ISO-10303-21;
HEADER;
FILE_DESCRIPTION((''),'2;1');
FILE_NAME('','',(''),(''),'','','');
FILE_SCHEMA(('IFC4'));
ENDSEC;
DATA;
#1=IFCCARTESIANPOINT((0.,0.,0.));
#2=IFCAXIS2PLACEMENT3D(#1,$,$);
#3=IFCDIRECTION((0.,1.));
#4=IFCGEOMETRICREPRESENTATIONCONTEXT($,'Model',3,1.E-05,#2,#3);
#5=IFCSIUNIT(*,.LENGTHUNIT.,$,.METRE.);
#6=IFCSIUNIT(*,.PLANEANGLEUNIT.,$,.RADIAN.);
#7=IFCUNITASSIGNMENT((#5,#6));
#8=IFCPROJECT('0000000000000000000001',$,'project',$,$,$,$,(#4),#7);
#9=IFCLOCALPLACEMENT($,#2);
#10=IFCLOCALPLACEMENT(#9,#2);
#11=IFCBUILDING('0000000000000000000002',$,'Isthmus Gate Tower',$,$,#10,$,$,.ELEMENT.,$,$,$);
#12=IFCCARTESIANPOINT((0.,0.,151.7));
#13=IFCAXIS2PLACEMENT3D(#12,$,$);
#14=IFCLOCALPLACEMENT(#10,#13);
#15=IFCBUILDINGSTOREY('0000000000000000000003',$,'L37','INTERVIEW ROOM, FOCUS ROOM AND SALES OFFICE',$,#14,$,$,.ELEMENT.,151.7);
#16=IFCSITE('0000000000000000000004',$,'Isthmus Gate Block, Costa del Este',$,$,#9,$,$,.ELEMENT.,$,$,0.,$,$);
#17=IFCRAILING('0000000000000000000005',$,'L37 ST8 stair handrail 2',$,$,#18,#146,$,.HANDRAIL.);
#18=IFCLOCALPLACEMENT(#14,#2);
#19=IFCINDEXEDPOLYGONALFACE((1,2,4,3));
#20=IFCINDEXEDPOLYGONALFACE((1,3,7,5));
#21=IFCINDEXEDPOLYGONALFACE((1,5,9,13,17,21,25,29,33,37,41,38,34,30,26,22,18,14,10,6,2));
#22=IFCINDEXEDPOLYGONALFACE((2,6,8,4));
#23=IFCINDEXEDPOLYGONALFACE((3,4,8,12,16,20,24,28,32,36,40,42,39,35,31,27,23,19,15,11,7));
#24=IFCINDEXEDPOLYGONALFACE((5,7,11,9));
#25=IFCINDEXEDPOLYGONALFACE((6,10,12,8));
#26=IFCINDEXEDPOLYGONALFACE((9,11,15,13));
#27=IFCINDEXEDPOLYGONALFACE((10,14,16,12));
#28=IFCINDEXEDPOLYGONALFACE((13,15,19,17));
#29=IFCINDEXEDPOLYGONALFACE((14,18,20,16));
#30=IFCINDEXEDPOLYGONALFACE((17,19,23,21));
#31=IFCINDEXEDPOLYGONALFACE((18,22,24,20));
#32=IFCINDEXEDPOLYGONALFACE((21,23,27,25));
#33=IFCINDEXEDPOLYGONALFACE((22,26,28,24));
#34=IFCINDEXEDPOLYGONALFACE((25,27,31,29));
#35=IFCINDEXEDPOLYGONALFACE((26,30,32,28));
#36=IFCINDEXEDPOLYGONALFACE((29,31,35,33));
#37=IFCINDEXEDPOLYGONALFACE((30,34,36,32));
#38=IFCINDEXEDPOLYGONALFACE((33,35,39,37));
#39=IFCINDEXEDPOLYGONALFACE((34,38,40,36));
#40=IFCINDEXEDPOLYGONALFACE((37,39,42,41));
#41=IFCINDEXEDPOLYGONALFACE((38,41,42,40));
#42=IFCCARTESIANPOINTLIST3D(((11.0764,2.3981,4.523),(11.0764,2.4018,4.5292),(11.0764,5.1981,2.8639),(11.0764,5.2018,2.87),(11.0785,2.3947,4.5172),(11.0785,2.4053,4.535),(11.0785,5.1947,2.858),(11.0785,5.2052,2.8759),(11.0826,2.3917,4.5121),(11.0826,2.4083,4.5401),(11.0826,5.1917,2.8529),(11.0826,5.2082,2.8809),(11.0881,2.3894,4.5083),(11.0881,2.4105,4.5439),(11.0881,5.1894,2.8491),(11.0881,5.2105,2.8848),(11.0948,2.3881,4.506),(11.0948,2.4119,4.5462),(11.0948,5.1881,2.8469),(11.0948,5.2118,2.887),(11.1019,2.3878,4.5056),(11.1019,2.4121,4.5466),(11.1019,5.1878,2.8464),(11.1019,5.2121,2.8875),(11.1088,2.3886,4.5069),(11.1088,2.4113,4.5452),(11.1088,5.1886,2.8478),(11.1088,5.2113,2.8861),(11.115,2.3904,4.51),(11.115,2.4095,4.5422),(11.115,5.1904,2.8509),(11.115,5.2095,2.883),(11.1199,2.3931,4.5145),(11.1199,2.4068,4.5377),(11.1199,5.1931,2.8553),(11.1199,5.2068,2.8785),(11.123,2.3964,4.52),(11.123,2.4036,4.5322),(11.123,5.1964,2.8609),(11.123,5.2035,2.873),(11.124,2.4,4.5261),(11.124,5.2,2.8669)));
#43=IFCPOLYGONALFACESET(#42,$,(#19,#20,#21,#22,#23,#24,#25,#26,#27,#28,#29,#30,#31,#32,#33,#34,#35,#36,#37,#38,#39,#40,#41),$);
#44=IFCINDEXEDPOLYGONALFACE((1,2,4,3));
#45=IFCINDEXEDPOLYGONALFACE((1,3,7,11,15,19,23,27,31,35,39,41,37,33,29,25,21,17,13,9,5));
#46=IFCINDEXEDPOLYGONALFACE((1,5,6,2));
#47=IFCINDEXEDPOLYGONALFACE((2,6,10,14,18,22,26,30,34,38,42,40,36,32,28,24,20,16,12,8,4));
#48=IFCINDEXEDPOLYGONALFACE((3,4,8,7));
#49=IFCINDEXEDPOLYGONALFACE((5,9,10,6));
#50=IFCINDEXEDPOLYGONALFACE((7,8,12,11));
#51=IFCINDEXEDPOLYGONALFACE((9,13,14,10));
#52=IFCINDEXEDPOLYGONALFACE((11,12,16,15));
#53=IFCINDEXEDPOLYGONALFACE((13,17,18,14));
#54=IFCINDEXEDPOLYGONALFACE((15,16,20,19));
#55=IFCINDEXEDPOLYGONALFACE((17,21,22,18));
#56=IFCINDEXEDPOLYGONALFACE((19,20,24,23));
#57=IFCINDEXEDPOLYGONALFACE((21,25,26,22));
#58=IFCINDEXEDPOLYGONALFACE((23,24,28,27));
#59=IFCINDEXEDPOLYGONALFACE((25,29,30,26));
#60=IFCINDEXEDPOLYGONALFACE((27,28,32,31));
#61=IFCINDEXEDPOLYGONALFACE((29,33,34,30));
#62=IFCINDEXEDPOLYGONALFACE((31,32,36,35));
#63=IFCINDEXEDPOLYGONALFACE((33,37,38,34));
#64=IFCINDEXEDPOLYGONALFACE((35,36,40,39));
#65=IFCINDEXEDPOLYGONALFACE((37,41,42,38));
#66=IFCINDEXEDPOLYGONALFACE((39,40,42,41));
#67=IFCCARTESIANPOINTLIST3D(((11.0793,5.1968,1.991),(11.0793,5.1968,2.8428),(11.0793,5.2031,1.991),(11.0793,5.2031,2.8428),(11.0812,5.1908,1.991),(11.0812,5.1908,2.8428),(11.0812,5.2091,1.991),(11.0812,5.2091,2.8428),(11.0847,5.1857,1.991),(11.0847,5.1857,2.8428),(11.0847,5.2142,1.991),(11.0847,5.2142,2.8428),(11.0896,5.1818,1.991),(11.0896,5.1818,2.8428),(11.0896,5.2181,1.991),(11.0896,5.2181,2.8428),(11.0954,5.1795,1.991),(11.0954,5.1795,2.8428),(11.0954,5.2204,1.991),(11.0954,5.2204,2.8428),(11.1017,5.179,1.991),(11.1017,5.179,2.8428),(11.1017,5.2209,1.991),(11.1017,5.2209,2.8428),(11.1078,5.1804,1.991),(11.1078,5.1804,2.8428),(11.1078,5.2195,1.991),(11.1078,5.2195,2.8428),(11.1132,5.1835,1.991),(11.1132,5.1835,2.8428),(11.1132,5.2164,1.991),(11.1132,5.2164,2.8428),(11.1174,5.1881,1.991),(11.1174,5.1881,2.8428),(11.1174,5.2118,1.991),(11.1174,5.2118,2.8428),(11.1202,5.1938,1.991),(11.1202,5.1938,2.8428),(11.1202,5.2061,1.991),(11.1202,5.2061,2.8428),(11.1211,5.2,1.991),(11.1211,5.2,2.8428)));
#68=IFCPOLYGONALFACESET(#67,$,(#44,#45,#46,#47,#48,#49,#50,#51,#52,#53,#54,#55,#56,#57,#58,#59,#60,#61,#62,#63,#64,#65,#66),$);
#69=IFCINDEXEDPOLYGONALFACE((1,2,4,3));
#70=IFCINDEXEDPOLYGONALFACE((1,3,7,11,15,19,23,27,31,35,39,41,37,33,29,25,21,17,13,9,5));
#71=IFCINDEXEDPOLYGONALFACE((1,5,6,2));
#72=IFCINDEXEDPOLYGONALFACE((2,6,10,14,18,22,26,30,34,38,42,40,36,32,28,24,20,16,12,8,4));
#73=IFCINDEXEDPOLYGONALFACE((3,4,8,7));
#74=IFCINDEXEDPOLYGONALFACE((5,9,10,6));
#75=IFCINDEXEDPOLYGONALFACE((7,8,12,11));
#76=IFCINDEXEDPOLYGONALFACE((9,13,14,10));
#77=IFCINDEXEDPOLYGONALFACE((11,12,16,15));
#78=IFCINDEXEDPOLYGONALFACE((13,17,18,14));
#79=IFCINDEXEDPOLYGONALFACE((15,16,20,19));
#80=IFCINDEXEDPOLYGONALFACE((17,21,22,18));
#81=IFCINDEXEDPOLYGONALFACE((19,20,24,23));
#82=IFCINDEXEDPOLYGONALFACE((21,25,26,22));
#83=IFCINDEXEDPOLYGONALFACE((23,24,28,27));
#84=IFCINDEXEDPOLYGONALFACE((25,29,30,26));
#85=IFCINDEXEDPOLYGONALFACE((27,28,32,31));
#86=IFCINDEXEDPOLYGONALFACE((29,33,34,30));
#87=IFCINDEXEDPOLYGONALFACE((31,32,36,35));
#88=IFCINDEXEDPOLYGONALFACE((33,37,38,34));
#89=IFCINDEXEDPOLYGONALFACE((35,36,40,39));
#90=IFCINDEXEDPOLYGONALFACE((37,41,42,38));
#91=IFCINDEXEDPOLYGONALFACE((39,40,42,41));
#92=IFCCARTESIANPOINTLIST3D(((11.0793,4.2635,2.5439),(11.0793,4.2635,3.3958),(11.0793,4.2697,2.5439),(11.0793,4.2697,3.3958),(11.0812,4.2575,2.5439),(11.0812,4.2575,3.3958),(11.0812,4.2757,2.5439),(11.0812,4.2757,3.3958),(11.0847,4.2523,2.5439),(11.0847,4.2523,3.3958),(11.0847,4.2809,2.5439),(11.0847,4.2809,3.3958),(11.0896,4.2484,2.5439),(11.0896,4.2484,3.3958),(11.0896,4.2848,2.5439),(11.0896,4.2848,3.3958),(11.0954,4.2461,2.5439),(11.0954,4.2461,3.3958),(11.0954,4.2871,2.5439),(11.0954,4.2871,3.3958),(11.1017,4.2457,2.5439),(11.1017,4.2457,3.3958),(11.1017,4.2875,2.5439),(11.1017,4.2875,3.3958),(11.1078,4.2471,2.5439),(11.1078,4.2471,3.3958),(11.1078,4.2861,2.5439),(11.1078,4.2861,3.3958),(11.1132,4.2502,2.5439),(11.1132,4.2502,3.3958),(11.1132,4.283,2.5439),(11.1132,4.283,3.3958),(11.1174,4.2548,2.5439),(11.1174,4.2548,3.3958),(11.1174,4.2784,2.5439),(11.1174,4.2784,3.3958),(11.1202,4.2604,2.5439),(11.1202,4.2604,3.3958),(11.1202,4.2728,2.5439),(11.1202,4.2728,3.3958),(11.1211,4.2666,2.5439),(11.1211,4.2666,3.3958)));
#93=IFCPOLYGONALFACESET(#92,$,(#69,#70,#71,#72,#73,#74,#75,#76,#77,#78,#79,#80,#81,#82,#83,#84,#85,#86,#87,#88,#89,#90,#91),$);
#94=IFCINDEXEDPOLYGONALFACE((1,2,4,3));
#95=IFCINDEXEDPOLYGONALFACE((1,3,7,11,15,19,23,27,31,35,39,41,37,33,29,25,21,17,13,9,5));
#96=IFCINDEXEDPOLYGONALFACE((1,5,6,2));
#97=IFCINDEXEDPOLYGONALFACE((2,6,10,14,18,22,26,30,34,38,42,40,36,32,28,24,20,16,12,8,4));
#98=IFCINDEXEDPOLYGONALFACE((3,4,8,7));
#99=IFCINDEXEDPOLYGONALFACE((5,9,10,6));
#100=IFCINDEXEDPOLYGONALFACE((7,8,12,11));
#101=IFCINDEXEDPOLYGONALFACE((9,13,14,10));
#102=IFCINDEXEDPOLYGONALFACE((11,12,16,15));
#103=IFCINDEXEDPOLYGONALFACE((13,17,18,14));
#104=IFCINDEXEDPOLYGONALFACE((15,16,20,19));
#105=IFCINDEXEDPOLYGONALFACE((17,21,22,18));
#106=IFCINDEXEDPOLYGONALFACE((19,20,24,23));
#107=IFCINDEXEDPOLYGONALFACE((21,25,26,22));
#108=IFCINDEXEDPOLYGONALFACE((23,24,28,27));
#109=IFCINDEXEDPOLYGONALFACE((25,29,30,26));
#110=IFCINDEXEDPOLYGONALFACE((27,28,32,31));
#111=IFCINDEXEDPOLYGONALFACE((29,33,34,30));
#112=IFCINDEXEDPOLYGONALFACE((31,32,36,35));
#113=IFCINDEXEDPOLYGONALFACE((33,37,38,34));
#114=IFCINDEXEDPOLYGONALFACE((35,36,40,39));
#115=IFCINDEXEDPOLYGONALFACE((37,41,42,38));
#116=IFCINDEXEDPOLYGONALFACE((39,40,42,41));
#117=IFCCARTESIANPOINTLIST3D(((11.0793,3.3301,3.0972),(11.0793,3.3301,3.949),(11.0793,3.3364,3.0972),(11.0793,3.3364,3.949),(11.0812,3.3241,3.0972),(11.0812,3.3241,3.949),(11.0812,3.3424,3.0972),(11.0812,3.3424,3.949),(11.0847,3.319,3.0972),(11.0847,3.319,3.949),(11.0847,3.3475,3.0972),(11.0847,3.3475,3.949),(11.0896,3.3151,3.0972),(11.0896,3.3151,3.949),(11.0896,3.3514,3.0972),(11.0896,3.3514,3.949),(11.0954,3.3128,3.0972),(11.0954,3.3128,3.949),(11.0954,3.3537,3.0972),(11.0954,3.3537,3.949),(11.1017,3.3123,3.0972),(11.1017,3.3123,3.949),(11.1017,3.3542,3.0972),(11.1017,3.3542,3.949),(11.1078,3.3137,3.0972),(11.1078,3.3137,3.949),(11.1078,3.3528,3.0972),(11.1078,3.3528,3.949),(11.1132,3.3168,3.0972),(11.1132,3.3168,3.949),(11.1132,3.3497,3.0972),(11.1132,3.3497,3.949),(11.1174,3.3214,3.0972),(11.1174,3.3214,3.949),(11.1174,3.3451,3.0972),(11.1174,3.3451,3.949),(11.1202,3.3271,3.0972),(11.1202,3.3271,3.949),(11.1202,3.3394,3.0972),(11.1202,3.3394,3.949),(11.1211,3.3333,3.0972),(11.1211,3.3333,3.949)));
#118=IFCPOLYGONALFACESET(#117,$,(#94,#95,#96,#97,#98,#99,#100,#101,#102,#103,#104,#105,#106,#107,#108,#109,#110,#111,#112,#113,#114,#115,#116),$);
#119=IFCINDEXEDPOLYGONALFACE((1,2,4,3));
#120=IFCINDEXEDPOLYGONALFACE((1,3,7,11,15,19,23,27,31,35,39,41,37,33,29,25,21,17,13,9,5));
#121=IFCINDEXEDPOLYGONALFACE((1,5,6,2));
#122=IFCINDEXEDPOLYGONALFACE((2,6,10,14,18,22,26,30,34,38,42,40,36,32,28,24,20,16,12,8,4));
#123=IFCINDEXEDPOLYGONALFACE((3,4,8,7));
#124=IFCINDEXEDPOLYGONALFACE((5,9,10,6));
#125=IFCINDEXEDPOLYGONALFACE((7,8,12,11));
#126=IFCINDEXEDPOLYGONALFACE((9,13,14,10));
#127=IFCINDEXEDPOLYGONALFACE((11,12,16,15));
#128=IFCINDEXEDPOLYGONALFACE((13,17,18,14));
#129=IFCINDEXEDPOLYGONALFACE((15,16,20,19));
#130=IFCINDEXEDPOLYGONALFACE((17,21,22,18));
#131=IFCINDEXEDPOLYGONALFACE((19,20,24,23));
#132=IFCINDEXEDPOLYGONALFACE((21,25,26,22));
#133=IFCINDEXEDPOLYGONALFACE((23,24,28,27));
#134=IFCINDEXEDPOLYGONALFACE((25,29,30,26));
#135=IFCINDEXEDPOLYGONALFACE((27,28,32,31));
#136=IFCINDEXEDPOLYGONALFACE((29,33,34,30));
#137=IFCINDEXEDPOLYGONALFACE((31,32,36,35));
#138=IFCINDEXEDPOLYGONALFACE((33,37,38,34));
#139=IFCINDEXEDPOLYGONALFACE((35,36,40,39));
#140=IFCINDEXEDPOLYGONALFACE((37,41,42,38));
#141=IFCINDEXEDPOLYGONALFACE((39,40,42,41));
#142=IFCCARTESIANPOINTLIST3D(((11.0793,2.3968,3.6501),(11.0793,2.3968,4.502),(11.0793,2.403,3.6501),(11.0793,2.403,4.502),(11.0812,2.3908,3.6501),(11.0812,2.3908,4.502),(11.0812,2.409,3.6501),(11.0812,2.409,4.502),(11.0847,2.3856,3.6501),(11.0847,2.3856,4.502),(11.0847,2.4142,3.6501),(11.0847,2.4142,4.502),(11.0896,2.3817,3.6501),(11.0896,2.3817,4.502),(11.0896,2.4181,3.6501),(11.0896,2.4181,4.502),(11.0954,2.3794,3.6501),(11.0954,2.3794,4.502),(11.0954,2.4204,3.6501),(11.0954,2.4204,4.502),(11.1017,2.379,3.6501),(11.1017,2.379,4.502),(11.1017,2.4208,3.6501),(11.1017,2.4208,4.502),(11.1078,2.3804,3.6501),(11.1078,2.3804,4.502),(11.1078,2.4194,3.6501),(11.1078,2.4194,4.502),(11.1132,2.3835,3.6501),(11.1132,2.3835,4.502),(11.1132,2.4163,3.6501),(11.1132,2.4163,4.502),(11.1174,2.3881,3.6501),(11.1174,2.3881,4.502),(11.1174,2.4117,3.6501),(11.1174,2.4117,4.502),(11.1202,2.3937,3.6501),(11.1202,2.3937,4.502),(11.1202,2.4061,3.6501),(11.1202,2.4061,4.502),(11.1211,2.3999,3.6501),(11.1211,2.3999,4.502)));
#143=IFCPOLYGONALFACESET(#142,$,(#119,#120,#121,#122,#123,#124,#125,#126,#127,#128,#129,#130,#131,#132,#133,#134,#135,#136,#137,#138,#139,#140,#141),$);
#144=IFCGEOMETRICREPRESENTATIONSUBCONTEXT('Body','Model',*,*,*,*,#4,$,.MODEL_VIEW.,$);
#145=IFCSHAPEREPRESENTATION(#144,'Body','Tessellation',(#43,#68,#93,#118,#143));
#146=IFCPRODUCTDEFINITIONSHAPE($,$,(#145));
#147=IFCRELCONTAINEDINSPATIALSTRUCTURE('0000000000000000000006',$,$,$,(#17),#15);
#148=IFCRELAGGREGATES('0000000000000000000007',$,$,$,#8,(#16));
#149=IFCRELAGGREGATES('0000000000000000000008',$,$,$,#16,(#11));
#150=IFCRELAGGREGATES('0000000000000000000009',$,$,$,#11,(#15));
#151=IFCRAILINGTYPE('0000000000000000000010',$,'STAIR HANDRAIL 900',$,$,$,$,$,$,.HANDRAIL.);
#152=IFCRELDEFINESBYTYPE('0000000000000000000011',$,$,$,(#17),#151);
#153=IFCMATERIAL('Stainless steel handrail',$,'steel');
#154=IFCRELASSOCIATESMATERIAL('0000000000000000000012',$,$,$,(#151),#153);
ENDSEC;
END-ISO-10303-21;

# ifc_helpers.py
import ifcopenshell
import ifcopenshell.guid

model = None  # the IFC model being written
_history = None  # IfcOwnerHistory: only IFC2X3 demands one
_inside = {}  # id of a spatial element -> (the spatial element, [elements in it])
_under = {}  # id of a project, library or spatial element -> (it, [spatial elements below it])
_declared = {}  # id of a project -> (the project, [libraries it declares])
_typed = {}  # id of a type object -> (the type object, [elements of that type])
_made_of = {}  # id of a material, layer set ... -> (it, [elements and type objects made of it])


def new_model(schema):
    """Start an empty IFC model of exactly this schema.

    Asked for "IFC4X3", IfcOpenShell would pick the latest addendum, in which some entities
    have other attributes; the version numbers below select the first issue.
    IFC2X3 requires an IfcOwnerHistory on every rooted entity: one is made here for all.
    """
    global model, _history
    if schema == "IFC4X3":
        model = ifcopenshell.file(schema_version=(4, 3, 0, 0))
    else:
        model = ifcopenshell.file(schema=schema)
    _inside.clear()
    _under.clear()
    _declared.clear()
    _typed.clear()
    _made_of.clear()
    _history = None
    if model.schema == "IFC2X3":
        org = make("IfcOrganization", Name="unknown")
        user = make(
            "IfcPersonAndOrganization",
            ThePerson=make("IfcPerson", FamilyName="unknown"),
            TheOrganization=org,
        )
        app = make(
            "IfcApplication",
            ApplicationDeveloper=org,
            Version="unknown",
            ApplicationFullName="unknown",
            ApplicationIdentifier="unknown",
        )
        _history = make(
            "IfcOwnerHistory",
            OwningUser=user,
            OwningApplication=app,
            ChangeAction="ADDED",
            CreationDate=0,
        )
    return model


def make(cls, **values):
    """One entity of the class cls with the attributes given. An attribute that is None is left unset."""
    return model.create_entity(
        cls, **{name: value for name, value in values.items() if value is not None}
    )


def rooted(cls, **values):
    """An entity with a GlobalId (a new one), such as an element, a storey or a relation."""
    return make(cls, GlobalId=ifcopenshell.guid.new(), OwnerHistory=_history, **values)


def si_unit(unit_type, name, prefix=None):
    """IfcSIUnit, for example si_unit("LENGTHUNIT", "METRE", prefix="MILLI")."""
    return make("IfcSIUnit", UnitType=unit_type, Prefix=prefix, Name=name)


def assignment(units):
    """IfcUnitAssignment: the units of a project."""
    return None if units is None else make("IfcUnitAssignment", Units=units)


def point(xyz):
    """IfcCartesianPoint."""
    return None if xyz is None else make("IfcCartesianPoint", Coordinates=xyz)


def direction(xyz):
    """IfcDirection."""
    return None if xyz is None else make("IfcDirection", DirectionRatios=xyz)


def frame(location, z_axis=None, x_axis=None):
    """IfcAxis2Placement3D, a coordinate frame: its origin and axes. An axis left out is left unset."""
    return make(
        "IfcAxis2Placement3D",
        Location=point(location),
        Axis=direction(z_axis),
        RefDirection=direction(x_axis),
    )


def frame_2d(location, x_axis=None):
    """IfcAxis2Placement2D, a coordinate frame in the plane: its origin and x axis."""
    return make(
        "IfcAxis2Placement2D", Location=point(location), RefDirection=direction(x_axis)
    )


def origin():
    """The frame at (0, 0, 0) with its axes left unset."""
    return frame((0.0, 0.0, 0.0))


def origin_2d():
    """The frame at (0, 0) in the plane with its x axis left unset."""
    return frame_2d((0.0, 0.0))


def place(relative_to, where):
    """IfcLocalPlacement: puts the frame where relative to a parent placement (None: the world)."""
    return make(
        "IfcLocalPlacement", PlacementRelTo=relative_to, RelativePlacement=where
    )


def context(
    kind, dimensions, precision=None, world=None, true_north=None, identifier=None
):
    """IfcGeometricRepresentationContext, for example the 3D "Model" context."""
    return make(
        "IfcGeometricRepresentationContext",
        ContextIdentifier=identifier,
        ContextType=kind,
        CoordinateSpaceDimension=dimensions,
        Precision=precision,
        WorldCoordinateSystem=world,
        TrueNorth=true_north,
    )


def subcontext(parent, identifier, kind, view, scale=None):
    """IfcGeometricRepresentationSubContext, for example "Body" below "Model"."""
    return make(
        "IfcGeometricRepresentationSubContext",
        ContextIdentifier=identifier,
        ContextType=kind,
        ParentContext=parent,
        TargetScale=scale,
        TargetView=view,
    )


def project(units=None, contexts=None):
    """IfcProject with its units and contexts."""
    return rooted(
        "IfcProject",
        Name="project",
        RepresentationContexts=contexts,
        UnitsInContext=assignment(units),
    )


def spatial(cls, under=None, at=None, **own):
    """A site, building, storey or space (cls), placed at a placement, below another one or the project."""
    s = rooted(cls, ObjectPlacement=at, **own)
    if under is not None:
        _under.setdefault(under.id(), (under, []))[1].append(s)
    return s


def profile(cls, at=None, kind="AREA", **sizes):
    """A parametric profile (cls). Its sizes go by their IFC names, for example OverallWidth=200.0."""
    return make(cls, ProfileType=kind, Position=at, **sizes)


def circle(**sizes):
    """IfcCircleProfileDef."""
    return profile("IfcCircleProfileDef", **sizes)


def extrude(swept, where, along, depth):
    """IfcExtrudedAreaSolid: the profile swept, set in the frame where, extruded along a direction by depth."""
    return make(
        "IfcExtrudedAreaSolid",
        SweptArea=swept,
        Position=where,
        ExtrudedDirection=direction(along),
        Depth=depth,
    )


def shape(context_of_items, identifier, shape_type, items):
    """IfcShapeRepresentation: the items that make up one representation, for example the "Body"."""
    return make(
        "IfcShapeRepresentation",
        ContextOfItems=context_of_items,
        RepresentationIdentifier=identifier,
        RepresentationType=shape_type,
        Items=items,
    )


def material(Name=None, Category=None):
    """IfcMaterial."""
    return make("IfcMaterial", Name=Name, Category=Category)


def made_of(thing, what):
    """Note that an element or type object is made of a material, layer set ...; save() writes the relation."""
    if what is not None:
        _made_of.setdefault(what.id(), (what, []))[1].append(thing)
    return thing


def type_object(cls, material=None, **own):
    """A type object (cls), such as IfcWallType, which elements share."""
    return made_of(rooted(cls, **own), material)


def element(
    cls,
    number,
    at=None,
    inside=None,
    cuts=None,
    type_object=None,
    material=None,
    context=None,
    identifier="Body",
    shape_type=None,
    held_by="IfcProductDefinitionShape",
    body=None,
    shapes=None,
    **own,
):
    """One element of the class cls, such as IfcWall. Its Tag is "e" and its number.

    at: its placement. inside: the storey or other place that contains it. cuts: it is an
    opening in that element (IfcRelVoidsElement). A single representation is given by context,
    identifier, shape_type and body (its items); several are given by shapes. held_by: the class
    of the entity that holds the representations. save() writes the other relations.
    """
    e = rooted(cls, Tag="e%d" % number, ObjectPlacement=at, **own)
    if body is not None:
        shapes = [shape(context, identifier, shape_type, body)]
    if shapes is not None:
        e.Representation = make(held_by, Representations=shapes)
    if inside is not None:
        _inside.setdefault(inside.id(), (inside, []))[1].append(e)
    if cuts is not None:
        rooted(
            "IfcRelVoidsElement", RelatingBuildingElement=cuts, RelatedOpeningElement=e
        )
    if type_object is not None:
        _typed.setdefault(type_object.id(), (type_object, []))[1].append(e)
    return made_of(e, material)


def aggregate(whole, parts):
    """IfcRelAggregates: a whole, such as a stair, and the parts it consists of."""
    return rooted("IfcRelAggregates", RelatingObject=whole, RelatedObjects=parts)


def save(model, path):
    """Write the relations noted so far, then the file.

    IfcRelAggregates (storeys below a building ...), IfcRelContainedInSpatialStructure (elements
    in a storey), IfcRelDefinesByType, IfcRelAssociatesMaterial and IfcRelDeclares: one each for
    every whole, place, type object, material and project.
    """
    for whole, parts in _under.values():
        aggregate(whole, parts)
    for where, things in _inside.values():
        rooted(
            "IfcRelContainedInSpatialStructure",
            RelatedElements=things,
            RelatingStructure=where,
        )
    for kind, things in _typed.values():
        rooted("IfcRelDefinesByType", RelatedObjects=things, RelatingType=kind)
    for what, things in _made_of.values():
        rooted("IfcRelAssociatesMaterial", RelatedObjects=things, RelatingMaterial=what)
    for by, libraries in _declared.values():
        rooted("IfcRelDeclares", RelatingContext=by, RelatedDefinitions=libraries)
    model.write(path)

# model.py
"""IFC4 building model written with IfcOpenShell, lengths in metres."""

from ifc_helpers import new_model, si_unit, direction, frame, origin, origin_2d, place, context, subcontext, project, spatial, circle, extrude, material, type_object, element, save


model = new_model("IFC4")

# Units and contexts
model_context = context("Model", 3, precision=1e-05, world=origin(), true_north=direction((0.0, 1.0)))
body_context = subcontext(model_context, "Body", "Model", "MODEL_VIEW")
ifc_project = project(units=[si_unit("LENGTHUNIT", "METRE"), si_unit("PLANEANGLEUNIT", "RADIAN")], contexts=[model_context])

# Site, building, storey
site_placement = place(None, origin())
site = spatial("IfcSite", under=ifc_project, at=site_placement, Name="Isthmus Gate Block, Costa del Este", CompositionType="ELEMENT", RefElevation=0.0)
building_placement = place(site_placement, origin())
building = spatial("IfcBuilding", under=site, at=building_placement, Name="Isthmus Gate Tower", CompositionType="ELEMENT")
storey_placement = place(building_placement, frame((0.0, 0.0, 151.7)))
storey = spatial("IfcBuildingStorey", under=building, at=storey_placement, Name="L37", Description="INTERVIEW ROOM, FOCUS ROOM AND SALES OFFICE", CompositionType="ELEMENT", Elevation=151.7)

# Railing
ifc_material_1 = material(Name="Stainless steel handrail", Category="steel")
railing_type_1 = type_object("IfcRailingType", Name="STAIR HANDRAIL 900", PredefinedType="HANDRAIL", material=ifc_material_1)
railing_1_placement = place(storey_placement, frame((11.1001, 5.2, 1.991)))
element("IfcRailing", 1, at=railing_1_placement, inside=storey, type_object=railing_type_1, Name="L37 ST8 stair handrail 2", PredefinedType="HANDRAIL", context=body_context, shape_type="SweptSolid", body=[
    extrude(circle(Radius=0.0239, at=origin_2d()), frame((0.0, 0.0, 0.876), z_axis=(0.0, -0.860306, 0.509778), x_axis=(1.0, 0.0, 0.0)), (0.0, 0.0, 1.0), 3.2546),
    extrude(circle(Radius=0.021, at=origin_2d()), origin(), (0.0, 0.0, 1.0), 0.8518),
    extrude(circle(Radius=0.021, at=origin_2d()), frame((0.0, -0.9333, 0.553)), (0.0, 0.0, 1.0), 0.8518),
    extrude(circle(Radius=0.021, at=origin_2d()), frame((0.0, -1.8667, 1.1062)), (0.0, 0.0, 1.0), 0.8518),
    extrude(circle(Radius=0.021, at=origin_2d()), frame((0.0, -2.8, 1.6592)), (0.0, 0.0, 1.0), 0.8518),
])

save(model, "model.ifc")
